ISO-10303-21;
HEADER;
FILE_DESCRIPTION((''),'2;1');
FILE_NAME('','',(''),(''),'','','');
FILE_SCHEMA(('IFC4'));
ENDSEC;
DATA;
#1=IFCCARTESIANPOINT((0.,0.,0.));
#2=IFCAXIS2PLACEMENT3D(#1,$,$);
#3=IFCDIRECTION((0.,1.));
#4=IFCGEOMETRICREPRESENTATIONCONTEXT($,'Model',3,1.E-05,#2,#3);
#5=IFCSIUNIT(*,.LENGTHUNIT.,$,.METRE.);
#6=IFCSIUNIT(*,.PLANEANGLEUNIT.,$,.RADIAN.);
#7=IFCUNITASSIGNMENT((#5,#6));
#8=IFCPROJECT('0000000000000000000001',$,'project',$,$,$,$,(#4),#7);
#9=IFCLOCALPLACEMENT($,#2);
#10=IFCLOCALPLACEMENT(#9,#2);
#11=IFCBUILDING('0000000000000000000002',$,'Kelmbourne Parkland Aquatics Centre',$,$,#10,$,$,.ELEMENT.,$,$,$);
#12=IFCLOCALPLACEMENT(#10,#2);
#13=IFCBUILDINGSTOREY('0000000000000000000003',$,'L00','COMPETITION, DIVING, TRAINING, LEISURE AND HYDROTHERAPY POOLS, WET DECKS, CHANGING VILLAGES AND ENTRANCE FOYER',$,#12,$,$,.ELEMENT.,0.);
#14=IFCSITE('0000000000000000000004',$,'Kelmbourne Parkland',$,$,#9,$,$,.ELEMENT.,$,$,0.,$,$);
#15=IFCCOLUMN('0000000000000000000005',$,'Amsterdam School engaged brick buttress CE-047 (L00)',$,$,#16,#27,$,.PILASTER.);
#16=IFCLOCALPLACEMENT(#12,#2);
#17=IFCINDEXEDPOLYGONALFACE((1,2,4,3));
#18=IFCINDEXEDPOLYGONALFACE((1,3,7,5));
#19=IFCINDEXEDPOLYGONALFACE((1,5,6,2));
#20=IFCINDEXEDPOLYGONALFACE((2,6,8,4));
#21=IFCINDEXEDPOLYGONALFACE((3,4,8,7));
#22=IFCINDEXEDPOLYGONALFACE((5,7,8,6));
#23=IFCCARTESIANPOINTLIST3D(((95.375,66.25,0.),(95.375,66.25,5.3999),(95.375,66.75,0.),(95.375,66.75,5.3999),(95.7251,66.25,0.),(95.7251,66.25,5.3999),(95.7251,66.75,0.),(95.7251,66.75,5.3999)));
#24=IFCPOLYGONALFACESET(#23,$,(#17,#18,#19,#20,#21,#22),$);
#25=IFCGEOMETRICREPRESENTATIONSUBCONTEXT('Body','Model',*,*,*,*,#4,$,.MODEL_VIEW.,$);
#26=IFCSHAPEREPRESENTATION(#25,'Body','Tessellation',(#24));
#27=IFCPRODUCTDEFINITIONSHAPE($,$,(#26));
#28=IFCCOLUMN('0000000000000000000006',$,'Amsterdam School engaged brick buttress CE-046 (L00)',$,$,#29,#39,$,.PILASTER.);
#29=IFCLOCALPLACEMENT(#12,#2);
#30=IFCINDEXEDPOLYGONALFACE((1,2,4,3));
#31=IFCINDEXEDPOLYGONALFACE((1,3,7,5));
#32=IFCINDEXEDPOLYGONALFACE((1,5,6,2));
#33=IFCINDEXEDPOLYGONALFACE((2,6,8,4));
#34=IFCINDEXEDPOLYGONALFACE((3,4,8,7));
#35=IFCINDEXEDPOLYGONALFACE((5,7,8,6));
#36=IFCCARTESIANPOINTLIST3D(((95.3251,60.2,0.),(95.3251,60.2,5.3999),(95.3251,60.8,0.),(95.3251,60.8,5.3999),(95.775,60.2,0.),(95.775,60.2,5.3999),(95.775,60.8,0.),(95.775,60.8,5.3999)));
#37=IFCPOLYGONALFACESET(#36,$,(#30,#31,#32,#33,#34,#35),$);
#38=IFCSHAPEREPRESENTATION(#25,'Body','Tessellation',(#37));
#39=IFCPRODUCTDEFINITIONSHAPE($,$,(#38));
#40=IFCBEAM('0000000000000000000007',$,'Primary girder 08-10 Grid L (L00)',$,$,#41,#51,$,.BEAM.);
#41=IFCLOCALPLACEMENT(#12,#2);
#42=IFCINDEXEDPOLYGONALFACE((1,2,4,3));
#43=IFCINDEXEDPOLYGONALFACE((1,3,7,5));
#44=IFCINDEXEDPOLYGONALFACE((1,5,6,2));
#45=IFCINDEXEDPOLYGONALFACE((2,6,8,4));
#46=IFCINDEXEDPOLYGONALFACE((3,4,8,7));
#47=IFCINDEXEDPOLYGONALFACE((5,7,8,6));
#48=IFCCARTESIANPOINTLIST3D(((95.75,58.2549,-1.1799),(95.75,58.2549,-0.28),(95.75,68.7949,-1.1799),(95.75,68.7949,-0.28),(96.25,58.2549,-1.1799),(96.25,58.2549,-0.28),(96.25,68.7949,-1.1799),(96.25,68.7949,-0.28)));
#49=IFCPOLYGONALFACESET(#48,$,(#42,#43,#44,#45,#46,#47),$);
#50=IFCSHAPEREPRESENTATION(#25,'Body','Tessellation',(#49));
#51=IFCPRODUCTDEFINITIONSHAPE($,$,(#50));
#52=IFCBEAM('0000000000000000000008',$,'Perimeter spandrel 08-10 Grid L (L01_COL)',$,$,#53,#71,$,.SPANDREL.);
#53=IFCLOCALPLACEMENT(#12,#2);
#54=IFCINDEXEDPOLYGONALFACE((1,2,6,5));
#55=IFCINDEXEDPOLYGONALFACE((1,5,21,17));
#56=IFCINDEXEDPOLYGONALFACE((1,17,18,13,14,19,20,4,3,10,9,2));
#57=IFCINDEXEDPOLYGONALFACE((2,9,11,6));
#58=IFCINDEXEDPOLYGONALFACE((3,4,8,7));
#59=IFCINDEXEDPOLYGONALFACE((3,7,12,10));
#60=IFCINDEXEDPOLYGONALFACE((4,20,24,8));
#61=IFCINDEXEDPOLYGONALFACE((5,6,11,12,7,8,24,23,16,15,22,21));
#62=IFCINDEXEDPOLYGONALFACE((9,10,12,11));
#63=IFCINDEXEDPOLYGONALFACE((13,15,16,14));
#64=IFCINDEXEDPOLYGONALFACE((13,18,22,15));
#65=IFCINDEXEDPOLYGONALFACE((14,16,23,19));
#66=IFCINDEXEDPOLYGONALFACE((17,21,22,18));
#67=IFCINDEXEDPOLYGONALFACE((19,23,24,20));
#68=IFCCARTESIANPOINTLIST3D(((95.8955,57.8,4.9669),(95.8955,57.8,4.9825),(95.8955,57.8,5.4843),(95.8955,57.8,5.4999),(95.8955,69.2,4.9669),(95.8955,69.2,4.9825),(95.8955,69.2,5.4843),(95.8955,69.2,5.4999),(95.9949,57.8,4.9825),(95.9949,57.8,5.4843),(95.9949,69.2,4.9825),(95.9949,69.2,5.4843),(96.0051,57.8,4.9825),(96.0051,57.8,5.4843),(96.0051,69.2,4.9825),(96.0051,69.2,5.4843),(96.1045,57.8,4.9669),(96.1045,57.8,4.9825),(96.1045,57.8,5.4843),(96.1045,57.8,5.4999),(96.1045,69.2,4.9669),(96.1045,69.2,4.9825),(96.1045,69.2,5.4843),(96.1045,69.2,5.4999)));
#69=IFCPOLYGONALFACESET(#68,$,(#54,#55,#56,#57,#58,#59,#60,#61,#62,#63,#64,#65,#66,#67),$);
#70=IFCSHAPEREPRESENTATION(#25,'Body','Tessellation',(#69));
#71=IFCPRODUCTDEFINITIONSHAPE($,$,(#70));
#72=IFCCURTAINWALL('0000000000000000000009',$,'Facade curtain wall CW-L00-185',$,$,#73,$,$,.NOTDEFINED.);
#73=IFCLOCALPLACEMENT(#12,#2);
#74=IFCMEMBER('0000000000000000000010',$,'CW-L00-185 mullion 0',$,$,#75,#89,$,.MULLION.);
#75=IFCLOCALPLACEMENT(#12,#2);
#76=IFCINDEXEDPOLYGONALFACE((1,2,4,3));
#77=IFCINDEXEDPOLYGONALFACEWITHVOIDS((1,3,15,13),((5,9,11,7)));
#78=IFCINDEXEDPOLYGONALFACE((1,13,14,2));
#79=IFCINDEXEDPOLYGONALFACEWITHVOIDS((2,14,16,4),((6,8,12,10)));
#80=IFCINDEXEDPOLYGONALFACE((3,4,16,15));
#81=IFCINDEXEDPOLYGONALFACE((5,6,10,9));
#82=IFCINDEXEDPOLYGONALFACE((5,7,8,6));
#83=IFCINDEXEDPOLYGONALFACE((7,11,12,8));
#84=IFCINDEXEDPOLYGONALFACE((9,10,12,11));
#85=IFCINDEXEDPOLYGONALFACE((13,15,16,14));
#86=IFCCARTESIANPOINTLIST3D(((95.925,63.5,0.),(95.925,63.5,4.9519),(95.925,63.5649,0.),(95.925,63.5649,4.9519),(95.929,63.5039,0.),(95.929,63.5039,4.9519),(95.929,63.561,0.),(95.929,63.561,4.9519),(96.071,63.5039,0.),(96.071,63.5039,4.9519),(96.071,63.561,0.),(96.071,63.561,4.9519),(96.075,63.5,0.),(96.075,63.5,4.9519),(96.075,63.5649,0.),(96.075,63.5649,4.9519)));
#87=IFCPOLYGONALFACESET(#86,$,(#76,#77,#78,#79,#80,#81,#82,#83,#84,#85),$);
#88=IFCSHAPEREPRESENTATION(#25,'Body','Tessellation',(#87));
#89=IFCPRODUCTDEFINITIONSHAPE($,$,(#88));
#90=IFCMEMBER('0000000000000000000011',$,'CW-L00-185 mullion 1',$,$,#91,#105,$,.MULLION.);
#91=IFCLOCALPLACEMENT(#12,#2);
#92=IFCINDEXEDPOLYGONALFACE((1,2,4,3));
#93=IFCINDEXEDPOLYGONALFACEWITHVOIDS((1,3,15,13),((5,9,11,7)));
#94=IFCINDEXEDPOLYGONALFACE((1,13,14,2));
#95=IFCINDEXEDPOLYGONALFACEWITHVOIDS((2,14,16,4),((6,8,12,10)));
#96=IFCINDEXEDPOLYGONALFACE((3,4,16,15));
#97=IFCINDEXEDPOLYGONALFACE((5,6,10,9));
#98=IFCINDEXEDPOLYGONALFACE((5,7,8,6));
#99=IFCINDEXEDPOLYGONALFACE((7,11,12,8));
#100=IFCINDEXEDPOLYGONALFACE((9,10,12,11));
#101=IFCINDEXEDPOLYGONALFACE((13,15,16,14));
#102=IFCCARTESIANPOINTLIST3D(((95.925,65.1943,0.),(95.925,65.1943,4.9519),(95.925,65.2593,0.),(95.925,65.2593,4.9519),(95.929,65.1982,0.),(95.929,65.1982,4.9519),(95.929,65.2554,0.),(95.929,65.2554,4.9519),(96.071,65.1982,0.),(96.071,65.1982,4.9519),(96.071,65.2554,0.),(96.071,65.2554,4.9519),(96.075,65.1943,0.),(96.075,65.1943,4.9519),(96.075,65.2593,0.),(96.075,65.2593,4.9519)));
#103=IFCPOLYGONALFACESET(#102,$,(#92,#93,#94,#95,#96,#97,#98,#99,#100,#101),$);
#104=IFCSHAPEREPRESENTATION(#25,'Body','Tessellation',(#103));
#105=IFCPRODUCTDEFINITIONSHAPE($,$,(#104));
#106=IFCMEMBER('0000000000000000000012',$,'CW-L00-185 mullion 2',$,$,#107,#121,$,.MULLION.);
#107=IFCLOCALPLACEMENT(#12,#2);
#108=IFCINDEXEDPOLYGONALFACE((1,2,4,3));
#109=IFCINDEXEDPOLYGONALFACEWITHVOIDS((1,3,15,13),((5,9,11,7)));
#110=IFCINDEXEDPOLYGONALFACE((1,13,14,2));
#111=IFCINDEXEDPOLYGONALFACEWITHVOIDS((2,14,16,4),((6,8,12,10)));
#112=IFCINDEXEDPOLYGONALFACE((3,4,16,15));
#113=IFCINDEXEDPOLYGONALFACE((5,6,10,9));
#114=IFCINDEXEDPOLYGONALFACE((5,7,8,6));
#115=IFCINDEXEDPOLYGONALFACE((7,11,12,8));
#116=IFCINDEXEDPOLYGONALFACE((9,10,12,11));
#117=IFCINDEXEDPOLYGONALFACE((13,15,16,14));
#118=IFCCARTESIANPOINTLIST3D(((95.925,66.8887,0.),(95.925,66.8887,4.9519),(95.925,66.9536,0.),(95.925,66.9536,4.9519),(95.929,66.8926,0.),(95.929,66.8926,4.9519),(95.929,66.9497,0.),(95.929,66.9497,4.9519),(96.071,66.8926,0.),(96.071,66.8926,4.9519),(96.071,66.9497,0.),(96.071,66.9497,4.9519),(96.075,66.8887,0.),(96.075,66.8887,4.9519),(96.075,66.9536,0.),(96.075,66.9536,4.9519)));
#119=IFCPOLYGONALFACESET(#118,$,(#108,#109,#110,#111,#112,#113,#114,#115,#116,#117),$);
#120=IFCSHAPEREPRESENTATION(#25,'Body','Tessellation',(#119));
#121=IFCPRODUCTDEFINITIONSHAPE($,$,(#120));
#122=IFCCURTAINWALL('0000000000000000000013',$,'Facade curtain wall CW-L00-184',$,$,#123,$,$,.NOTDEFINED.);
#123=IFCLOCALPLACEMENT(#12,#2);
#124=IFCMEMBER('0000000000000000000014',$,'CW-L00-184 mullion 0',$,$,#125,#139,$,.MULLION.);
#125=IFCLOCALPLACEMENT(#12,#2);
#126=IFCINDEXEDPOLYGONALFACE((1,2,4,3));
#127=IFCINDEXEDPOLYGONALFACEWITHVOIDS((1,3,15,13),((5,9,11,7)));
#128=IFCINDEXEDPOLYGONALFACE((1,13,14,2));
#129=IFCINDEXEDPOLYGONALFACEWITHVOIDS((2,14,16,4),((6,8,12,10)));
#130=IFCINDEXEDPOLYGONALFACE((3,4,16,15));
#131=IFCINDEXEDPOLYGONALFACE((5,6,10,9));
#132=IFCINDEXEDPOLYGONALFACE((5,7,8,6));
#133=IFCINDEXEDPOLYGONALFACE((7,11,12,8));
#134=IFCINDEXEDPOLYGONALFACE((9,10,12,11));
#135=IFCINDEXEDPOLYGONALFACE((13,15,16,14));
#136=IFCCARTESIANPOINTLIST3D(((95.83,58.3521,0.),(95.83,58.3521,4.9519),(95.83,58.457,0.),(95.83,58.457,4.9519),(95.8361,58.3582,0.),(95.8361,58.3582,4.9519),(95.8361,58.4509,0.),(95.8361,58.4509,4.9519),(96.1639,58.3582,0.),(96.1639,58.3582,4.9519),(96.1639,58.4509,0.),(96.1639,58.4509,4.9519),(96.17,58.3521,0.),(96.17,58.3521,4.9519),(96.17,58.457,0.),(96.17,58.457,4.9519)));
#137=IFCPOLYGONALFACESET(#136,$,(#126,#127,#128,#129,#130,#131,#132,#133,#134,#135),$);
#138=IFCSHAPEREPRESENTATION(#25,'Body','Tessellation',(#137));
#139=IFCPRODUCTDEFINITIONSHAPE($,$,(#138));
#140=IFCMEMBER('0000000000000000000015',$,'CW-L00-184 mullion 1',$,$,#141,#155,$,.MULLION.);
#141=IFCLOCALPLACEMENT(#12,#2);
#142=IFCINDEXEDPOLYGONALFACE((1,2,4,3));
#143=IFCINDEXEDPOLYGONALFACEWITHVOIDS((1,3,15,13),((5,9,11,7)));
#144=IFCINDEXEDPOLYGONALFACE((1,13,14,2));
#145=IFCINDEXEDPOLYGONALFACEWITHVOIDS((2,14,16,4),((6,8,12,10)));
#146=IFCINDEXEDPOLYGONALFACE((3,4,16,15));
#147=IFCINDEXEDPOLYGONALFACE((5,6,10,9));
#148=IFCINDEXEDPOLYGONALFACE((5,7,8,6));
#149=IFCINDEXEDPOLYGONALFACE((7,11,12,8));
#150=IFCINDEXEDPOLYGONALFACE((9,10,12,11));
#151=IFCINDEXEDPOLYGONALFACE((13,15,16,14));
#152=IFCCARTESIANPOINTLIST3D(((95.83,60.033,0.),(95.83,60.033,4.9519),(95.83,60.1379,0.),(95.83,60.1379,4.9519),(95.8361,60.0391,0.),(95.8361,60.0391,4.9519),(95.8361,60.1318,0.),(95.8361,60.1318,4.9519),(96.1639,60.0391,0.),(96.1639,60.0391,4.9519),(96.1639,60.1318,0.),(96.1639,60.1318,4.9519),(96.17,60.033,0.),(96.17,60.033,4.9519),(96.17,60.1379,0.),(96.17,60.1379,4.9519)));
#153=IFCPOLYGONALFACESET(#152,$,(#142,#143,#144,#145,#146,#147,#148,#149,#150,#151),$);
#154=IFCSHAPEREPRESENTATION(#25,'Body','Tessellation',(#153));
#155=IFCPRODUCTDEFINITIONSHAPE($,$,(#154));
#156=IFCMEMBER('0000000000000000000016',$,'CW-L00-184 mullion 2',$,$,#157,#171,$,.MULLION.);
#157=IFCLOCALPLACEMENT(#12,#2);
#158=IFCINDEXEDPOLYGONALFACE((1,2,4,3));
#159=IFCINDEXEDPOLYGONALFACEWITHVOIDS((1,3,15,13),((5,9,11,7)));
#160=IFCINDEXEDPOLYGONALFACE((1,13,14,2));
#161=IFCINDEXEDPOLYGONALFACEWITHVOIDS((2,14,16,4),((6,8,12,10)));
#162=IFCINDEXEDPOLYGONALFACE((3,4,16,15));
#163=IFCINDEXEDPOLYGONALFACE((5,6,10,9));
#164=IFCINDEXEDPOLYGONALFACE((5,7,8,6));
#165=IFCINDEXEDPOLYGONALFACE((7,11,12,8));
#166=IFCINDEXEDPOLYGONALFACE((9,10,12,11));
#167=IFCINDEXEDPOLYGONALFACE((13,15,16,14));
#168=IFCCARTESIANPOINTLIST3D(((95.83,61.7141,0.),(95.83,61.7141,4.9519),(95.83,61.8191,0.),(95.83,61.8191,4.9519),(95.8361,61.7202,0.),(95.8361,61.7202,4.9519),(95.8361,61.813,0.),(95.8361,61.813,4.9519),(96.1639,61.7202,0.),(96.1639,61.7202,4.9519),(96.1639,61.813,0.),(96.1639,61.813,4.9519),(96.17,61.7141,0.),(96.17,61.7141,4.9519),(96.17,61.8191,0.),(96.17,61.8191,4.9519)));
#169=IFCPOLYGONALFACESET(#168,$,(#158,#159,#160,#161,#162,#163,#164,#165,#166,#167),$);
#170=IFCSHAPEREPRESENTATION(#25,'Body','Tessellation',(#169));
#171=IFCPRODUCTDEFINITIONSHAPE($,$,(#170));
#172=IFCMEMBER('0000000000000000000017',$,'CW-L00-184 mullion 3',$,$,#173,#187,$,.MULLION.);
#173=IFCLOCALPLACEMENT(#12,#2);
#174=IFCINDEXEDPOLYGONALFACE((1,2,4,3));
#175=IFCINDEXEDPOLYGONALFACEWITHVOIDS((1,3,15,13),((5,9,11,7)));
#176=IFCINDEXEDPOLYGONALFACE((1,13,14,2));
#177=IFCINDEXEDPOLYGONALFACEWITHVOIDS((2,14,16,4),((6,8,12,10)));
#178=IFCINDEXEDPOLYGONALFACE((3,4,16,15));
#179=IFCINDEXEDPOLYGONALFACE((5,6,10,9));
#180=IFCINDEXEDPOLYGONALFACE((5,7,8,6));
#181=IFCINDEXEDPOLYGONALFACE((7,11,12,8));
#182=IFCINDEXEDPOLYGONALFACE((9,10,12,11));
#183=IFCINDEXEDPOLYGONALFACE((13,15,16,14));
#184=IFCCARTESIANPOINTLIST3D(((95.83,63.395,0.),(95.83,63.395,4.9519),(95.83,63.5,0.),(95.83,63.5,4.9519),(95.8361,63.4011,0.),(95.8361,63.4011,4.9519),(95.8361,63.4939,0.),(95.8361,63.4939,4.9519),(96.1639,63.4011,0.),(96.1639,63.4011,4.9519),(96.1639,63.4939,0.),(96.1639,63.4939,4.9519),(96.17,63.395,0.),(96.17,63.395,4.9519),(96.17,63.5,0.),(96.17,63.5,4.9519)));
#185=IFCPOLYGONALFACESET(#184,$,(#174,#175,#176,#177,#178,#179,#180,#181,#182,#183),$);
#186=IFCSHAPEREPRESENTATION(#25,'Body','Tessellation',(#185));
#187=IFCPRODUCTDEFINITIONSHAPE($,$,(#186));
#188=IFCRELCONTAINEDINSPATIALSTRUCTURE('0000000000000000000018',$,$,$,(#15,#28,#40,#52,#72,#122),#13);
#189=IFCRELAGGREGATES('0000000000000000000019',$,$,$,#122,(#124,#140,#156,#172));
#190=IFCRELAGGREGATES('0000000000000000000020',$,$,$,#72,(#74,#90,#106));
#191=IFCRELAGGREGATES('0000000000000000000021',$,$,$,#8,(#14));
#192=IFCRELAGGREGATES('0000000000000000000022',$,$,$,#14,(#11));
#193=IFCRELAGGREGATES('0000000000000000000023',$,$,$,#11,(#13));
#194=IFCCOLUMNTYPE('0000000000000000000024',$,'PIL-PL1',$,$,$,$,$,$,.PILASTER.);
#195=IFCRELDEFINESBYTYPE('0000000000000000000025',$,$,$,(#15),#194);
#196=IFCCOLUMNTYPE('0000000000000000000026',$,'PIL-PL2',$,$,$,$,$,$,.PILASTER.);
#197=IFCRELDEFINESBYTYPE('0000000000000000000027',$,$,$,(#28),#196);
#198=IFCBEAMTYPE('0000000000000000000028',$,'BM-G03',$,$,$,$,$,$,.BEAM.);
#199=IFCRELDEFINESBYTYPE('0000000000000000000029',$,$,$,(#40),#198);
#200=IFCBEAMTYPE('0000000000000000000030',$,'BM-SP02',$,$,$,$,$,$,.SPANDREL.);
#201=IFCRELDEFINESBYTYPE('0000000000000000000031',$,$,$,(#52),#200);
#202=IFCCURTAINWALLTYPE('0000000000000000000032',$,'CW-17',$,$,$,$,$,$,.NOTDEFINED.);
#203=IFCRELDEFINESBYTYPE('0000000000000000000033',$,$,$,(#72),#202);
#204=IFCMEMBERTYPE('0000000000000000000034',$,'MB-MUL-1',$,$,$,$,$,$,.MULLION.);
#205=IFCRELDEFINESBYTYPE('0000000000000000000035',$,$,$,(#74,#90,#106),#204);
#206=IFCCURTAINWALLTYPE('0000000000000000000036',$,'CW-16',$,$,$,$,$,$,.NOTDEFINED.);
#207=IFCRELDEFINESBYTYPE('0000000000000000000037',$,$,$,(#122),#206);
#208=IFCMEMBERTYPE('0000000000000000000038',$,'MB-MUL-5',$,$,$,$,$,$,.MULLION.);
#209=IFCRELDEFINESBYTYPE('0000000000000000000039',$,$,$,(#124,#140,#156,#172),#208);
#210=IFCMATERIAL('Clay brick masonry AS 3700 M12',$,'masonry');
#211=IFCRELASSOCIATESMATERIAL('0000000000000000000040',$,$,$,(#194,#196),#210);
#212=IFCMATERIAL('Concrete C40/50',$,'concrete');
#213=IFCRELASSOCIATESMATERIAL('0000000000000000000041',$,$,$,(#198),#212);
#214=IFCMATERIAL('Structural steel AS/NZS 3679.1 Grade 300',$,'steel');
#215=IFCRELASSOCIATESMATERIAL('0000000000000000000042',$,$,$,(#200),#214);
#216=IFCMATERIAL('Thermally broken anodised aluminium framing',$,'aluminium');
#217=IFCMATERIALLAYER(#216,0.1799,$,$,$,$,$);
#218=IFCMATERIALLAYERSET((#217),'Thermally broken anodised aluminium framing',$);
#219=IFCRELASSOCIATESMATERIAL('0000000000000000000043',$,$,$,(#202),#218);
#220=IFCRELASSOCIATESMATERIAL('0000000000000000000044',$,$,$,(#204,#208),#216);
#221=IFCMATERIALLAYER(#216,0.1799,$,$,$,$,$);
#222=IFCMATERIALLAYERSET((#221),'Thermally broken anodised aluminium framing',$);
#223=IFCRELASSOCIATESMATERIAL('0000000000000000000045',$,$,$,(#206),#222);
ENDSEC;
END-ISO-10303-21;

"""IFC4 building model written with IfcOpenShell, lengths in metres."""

from ifc_helpers import new_model, si_unit, direction, frame, origin, origin_2d, place, context, subcontext, project, spatial, rectangle, hollow_rectangle, i_section, extrude, material, layer, layer_set, material_profile, profile_set, type_object, element, aggregate, save


model = new_model("IFC4")

# Units and contexts
model_context = context("Model", 3, precision=1e-05, world=origin(), true_north=direction((0.0, 1.0)))
body_context = subcontext(model_context, "Body", "Model", "MODEL_VIEW")
ifc_project = project(units=[si_unit("LENGTHUNIT", "METRE"), si_unit("PLANEANGLEUNIT", "RADIAN")], contexts=[model_context])

# Site, building, storey
site_placement = place(None, origin())
site = spatial("IfcSite", under=ifc_project, at=site_placement, Name="Kelmbourne Parkland", CompositionType="ELEMENT", RefElevation=0.0)
building_placement = place(site_placement, origin())
building = spatial("IfcBuilding", under=site, at=building_placement, Name="Kelmbourne Parkland Aquatics Centre", CompositionType="ELEMENT")
storey_placement = place(building_placement, origin())
storey = spatial("IfcBuildingStorey", under=building, at=storey_placement, Name="L00", Description="COMPETITION, DIVING, TRAINING, LEISURE AND HYDROTHERAPY POOLS, WET DECKS, CHANGING VILLAGES AND ENTRANCE FOYER", CompositionType="ELEMENT", Elevation=0.0)

# Columns
ifc_material_1 = material(Name="Clay brick masonry AS 3700 M12", Category="masonry")
ifc_material_profile_1 = material_profile(ifc_material_1, rectangle(XDim=0.3501, YDim=0.5, at=origin_2d()), Name="PIL 350x500")
ifc_profile_set_1 = profile_set([ifc_material_profile_1], Name="Clay brick masonry AS 3700 M12")
column_type_1 = type_object("IfcColumnType", Name="PIL-PL1", PredefinedType="PILASTER", material=ifc_profile_set_1)
column_1_placement = place(storey_placement, frame((95.55, 66.5, 0.0), z_axis=(0.0, 0.0, 1.0), x_axis=(1.0, 0.0, 0.0)))
element("IfcColumn", 1, at=column_1_placement, inside=storey, type_object=column_type_1, Name="Amsterdam School engaged brick buttress CE-047 (L00)", PredefinedType="PILASTER", context=body_context, shape_type="SweptSolid", body=[
    extrude(rectangle(XDim=0.3501, YDim=0.5, at=origin_2d()), origin(), (0.0, 0.0, 1.0), 5.3999),
])
ifc_material_profile_2 = material_profile(ifc_material_1, rectangle(XDim=0.45, YDim=0.6001, at=origin_2d()), Name="PIL 450x600")
ifc_profile_set_2 = profile_set([ifc_material_profile_2], Name="Clay brick masonry AS 3700 M12")
column_type_2 = type_object("IfcColumnType", Name="PIL-PL2", PredefinedType="PILASTER", material=ifc_profile_set_2)
column_2_placement = place(storey_placement, frame((95.55, 60.5, 0.0), z_axis=(0.0, 0.0, 1.0), x_axis=(1.0, 0.0, 0.0)))
element("IfcColumn", 2, at=column_2_placement, inside=storey, type_object=column_type_2, Name="Amsterdam School engaged brick buttress CE-046 (L00)", PredefinedType="PILASTER", context=body_context, shape_type="SweptSolid", body=[
    extrude(rectangle(XDim=0.45, YDim=0.6001, at=origin_2d()), origin(), (0.0, 0.0, 1.0), 5.3999),
])

# Beams
ifc_material_2 = material(Name="Concrete C40/50", Category="concrete")
ifc_material_profile_3 = material_profile(ifc_material_2, rectangle(XDim=0.5, YDim=0.8999, at=origin_2d()), Name="RC 500x900")
ifc_profile_set_3 = profile_set([ifc_material_profile_3], Name="Concrete C40/50")
beam_type_1 = type_object("IfcBeamType", Name="BM-G03", PredefinedType="BEAM", material=ifc_profile_set_3)
beam_1_placement = place(storey_placement, frame((96.0, 58.2549, -0.73), z_axis=(0.0, 1.0, 0.0), x_axis=(-1.0, 0.0, 0.0)))
element("IfcBeam", 3, at=beam_1_placement, inside=storey, type_object=beam_type_1, Name="Primary girder 08-10 Grid L (L00)", PredefinedType="BEAM", context=body_context, shape_type="SweptSolid", body=[
    extrude(rectangle(XDim=0.5, YDim=0.8999, at=origin_2d()), origin(), (0.0, 0.0, 1.0), 10.54),
])
ifc_material_3 = material(Name="Structural steel AS/NZS 3679.1 Grade 300", Category="steel")
ifc_material_profile_4 = material_profile(ifc_material_3, i_section(OverallWidth=0.209, OverallDepth=0.533, WebThickness=0.0103, FlangeThickness=0.0156, at=origin_2d()), Name="530UB92.4")
ifc_profile_set_4 = profile_set([ifc_material_profile_4], Name="Structural steel AS/NZS 3679.1 Grade 300")
beam_type_2 = type_object("IfcBeamType", Name="BM-SP02", PredefinedType="SPANDREL", material=ifc_profile_set_4)
beam_2_placement = place(storey_placement, frame((96.0, 57.8, 5.2334), z_axis=(0.0, 1.0, 0.0), x_axis=(-1.0, 0.0, 0.0)))
element("IfcBeam", 4, at=beam_2_placement, inside=storey, type_object=beam_type_2, Name="Perimeter spandrel 08-10 Grid L (L01_COL)", PredefinedType="SPANDREL", context=body_context, shape_type="SweptSolid", body=[
    extrude(i_section(OverallWidth=0.209, OverallDepth=0.533, WebThickness=0.0103, FlangeThickness=0.0156, at=origin_2d()), origin(), (0.0, 0.0, 1.0), 11.3999),
])

# Curtain walls, members
ifc_material_4 = material(Name="Thermally broken anodised aluminium framing", Category="aluminium")
ifc_layer_1 = layer(ifc_material_4, 0.1799)
ifc_layer_set_1 = layer_set([ifc_layer_1], Name="Thermally broken anodised aluminium framing")
curtain_wall_type_1 = type_object("IfcCurtainWallType", Name="CW-17", PredefinedType="NOTDEFINED", material=ifc_layer_set_1)
curtain_wall_1_placement = place(storey_placement, origin())
curtain_wall_1 = element("IfcCurtainWall", 5, at=curtain_wall_1_placement, inside=storey, type_object=curtain_wall_type_1, Name="Facade curtain wall CW-L00-185", PredefinedType="NOTDEFINED")
ifc_material_profile_5 = material_profile(ifc_material_4, hollow_rectangle(XDim=0.0649, YDim=0.1499, WallThickness=0.0039, at=origin_2d()), Name="CW-M 65x150")
ifc_profile_set_5 = profile_set([ifc_material_profile_5], Name="Thermally broken anodised aluminium framing")
member_type_1 = type_object("IfcMemberType", Name="MB-MUL-1", PredefinedType="MULLION", material=ifc_profile_set_5)
member_1_placement = place(storey_placement, frame((96.0, 63.5325, 0.0), z_axis=(0.0, 0.0, 1.0), x_axis=(0.0, 1.0, 0.0)))
member_1 = element("IfcMember", 6, at=member_1_placement, type_object=member_type_1, Name="CW-L00-185 mullion 0", PredefinedType="MULLION", context=body_context, shape_type="SweptSolid", body=[
    extrude(hollow_rectangle(XDim=0.0649, YDim=0.1499, WallThickness=0.0039, at=origin_2d()), origin(), (0.0, 0.0, 1.0), 4.9519),
])
member_2_placement = place(storey_placement, frame((96.0, 65.2268, 0.0), z_axis=(0.0, 0.0, 1.0), x_axis=(0.0, 1.0, 0.0)))
member_2 = element("IfcMember", 7, at=member_2_placement, type_object=member_type_1, Name="CW-L00-185 mullion 1", PredefinedType="MULLION", context=body_context, shape_type="SweptSolid", body=[
    extrude(hollow_rectangle(XDim=0.0649, YDim=0.1499, WallThickness=0.0039, at=origin_2d()), origin(), (0.0, 0.0, 1.0), 4.9519),
])
member_3_placement = place(storey_placement, frame((96.0, 66.9211, 0.0), z_axis=(0.0, 0.0, 1.0), x_axis=(0.0, 1.0, 0.0)))
member_3 = element("IfcMember", 8, at=member_3_placement, type_object=member_type_1, Name="CW-L00-185 mullion 2", PredefinedType="MULLION", context=body_context, shape_type="SweptSolid", body=[
    extrude(hollow_rectangle(XDim=0.0649, YDim=0.1499, WallThickness=0.0039, at=origin_2d()), origin(), (0.0, 0.0, 1.0), 4.9519),
])
ifc_layer_2 = layer(ifc_material_4, 0.1799)
ifc_layer_set_2 = layer_set([ifc_layer_2], Name="Thermally broken anodised aluminium framing")
curtain_wall_type_2 = type_object("IfcCurtainWallType", Name="CW-16", PredefinedType="NOTDEFINED", material=ifc_layer_set_2)
curtain_wall_2_placement = place(storey_placement, origin())
curtain_wall_2 = element("IfcCurtainWall", 9, at=curtain_wall_2_placement, inside=storey, type_object=curtain_wall_type_2, Name="Facade curtain wall CW-L00-184", PredefinedType="NOTDEFINED")
ifc_material_profile_6 = material_profile(ifc_material_4, hollow_rectangle(XDim=0.105, YDim=0.3401, WallThickness=0.0061, at=origin_2d()), Name="CW-M 105x340")
ifc_profile_set_6 = profile_set([ifc_material_profile_6], Name="Thermally broken anodised aluminium framing")
member_type_2 = type_object("IfcMemberType", Name="MB-MUL-5", PredefinedType="MULLION", material=ifc_profile_set_6)
member_4_placement = place(storey_placement, frame((96.0, 58.4045, 0.0), z_axis=(0.0, 0.0, 1.0), x_axis=(0.0, 1.0, 0.0)))
member_4 = element("IfcMember", 10, at=member_4_placement, type_object=member_type_2, Name="CW-L00-184 mullion 0", PredefinedType="MULLION", context=body_context, shape_type="SweptSolid", body=[
    extrude(hollow_rectangle(XDim=0.105, YDim=0.3401, WallThickness=0.0061, at=origin_2d()), origin(), (0.0, 0.0, 1.0), 4.9519),
])
member_5_placement = place(storey_placement, frame((96.0, 60.0854, 0.0), z_axis=(0.0, 0.0, 1.0), x_axis=(0.0, 1.0, 0.0)))
member_5 = element("IfcMember", 11, at=member_5_placement, type_object=member_type_2, Name="CW-L00-184 mullion 1", PredefinedType="MULLION", context=body_context, shape_type="SweptSolid", body=[
    extrude(hollow_rectangle(XDim=0.105, YDim=0.3401, WallThickness=0.0061, at=origin_2d()), origin(), (0.0, 0.0, 1.0), 4.9519),
])
member_6_placement = place(storey_placement, frame((96.0, 61.7666, 0.0), z_axis=(0.0, 0.0, 1.0), x_axis=(0.0, 1.0, 0.0)))
member_6 = element("IfcMember", 12, at=member_6_placement, type_object=member_type_2, Name="CW-L00-184 mullion 2", PredefinedType="MULLION", context=body_context, shape_type="SweptSolid", body=[
    extrude(hollow_rectangle(XDim=0.105, YDim=0.3401, WallThickness=0.0061, at=origin_2d()), origin(), (0.0, 0.0, 1.0), 4.9519),
])
member_7_placement = place(storey_placement, frame((96.0, 63.4475, 0.0), z_axis=(0.0, 0.0, 1.0), x_axis=(0.0, 1.0, 0.0)))
member_7 = element("IfcMember", 13, at=member_7_placement, type_object=member_type_2, Name="CW-L00-184 mullion 3", PredefinedType="MULLION", context=body_context, shape_type="SweptSolid", body=[
    extrude(hollow_rectangle(XDim=0.105, YDim=0.3401, WallThickness=0.0061, at=origin_2d()), origin(), (0.0, 0.0, 1.0), 4.9519),
])

aggregate(curtain_wall_2, [member_4, member_5, member_6, member_7])
aggregate(curtain_wall_1, [member_1, member_2, member_3])

save(model, "model.ifc")
